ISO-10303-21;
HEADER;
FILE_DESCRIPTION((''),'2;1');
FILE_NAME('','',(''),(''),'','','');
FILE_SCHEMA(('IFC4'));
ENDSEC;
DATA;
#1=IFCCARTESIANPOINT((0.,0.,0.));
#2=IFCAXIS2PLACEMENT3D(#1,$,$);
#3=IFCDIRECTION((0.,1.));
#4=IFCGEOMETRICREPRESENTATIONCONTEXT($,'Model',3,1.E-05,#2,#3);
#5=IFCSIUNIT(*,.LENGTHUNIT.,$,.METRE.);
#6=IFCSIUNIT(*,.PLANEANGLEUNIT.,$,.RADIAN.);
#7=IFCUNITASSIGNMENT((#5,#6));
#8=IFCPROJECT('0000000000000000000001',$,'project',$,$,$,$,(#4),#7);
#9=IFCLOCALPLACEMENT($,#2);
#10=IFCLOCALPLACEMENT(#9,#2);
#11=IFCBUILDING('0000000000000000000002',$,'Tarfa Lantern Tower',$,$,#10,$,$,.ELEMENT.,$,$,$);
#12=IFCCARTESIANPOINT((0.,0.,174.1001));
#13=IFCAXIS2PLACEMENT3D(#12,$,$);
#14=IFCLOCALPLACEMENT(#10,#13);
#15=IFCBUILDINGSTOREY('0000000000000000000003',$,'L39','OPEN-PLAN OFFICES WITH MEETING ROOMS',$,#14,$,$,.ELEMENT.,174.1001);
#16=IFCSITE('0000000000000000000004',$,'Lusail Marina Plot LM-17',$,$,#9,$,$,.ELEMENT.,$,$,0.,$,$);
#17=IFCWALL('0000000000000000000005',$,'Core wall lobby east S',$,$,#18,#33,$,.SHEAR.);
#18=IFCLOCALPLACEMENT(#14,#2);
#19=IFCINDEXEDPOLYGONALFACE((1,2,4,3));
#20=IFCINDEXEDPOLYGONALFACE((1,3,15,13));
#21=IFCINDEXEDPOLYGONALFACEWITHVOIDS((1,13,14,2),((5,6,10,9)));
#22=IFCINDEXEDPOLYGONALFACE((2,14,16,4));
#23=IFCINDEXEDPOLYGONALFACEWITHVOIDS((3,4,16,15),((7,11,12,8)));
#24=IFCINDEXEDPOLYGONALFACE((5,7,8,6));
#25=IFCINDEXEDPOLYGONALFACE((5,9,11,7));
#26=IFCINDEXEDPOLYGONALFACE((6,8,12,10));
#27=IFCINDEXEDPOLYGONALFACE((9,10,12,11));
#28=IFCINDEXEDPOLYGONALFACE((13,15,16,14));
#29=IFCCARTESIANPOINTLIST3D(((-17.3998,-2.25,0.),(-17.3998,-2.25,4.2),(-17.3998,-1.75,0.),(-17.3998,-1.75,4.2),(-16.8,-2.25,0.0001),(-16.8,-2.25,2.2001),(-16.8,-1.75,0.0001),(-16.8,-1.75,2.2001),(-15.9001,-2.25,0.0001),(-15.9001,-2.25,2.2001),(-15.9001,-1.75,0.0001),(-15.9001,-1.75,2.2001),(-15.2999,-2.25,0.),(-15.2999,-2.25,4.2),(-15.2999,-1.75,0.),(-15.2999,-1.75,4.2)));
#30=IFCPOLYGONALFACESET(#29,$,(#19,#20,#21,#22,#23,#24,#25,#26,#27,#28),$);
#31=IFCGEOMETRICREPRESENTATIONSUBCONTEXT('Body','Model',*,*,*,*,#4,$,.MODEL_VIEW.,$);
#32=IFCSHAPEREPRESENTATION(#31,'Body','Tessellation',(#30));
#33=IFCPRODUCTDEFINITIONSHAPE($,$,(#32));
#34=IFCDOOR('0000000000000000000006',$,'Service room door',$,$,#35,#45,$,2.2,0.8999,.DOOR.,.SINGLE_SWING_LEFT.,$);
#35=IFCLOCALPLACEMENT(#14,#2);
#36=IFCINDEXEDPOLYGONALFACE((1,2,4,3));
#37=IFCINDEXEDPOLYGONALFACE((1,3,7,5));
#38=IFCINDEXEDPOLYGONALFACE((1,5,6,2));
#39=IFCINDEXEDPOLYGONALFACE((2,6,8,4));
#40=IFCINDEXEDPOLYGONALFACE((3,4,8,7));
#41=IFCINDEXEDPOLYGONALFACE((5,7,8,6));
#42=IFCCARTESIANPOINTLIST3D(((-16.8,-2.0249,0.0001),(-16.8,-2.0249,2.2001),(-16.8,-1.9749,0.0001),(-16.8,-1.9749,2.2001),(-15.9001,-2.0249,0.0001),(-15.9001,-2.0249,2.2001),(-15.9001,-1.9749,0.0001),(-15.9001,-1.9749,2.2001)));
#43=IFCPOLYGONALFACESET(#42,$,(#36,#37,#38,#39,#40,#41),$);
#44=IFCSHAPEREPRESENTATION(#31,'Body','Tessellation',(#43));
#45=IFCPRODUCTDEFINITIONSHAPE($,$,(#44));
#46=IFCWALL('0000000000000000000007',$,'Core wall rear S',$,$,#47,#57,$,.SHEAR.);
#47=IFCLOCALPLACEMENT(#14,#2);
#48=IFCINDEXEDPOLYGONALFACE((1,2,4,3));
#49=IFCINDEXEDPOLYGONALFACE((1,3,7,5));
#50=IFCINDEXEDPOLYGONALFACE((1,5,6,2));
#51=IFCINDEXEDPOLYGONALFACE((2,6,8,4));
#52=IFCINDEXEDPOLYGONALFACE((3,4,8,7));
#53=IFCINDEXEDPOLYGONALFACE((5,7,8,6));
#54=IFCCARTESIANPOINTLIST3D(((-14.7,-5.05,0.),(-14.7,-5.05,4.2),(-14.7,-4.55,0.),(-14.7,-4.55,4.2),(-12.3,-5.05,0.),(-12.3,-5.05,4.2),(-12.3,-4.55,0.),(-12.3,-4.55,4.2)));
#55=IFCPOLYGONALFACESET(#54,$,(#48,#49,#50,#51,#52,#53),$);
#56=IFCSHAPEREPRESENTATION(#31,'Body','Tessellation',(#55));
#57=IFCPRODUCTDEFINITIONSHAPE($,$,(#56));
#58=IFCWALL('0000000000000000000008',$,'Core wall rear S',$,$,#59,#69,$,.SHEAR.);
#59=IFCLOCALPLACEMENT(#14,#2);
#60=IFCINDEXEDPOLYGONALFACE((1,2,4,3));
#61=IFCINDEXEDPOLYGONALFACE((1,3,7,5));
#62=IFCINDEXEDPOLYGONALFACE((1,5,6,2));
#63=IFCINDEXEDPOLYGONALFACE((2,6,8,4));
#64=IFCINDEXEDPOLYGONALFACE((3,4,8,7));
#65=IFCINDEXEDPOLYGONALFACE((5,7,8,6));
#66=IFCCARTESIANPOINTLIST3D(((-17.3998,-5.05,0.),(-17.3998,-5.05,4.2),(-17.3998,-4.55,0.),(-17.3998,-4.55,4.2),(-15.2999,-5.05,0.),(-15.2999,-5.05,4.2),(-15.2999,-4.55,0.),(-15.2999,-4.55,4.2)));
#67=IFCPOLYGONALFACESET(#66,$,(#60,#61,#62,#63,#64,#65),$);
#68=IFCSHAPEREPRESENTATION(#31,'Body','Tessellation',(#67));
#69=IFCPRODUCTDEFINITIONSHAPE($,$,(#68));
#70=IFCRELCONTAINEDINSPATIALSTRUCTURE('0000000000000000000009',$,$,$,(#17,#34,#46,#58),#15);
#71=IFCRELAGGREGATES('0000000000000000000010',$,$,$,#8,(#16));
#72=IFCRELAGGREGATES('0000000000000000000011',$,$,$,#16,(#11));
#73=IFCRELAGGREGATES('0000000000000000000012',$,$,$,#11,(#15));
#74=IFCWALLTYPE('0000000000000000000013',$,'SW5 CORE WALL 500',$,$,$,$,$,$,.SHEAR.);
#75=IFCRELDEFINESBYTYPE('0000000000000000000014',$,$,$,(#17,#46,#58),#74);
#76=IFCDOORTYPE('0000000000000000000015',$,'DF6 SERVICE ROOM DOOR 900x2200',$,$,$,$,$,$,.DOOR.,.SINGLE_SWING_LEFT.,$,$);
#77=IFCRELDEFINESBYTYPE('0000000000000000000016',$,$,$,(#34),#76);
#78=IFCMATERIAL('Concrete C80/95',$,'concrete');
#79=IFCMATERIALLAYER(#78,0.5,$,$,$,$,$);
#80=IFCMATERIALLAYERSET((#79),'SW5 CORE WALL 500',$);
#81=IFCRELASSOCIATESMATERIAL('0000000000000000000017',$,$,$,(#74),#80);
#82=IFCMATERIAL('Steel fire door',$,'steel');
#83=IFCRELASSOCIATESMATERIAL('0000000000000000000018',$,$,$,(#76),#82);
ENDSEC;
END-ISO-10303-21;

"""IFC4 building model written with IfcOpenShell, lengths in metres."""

from ifc_helpers import new_model, si_unit, direction, frame, frame_2d, origin, place, context, subcontext, project, spatial, rectangle, extrude, material, layer, layer_set, type_object, element, fill, save


model = new_model("IFC4")

# Units and contexts
model_context = context("Model", 3, precision=1e-05, world=origin(), true_north=direction((0.0, 1.0)))
body_context = subcontext(model_context, "Body", "Model", "MODEL_VIEW")
ifc_project = project(units=[si_unit("LENGTHUNIT", "METRE"), si_unit("PLANEANGLEUNIT", "RADIAN")], contexts=[model_context])

# Site, building, storey
site_placement = place(None, origin())
site = spatial("IfcSite", under=ifc_project, at=site_placement, Name="Lusail Marina Plot LM-17", CompositionType="ELEMENT", RefElevation=0.0)
building_placement = place(site_placement, origin())
building = spatial("IfcBuilding", under=site, at=building_placement, Name="Tarfa Lantern Tower", CompositionType="ELEMENT")
storey_placement = place(building_placement, frame((0.0, 0.0, 174.1001)))
storey = spatial("IfcBuildingStorey", under=building, at=storey_placement, Name="L39", Description="OPEN-PLAN OFFICES WITH MEETING ROOMS", CompositionType="ELEMENT", Elevation=174.1001)

# Shared definitions
ifc_material_1 = material(Name="Concrete C80/95", Category="concrete")

# Shared definitions
ifc_layer_1 = layer(ifc_material_1, 0.5)
ifc_layer_set_1 = layer_set([ifc_layer_1], Name="SW5 CORE WALL 500")
wall_type_1 = type_object("IfcWallType", Name="SW5 CORE WALL 500", PredefinedType="SHEAR", material=ifc_layer_set_1)

# Wall, opening, door
wall_1_placement = place(storey_placement, frame((-15.3, -2.0, 0.0), z_axis=(0.0, 0.0, 1.0), x_axis=(-1.0, 0.0, 0.0)))
wall_1 = element("IfcWall", 1, at=wall_1_placement, inside=storey, type_object=wall_type_1, Name="Core wall lobby east S", PredefinedType="SHEAR", context=body_context, shape_type="SweptSolid", body=[
    extrude(rectangle(XDim=2.0999, YDim=0.5, at=frame_2d((1.0498, 0.0))), origin(), (0.0, 0.0, 1.0), 4.2),
])
opening_1_placement = place(wall_1_placement, frame((0.6001, 0.0, 0.0)))
opening_1 = element("IfcOpeningElement", 2, at=opening_1_placement, cuts=wall_1, PredefinedType="OPENING", context=body_context, shape_type="SweptSolid", body=[
    extrude(rectangle(XDim=0.8999, YDim=2.2, at=frame_2d((0.45, 1.1001))), frame((0.0, 0.26, 0.0), z_axis=(0.0, -1.0, 0.0), x_axis=(1.0, 0.0, 0.0)), (0.0, 0.0, 1.0), 0.52),
])
ifc_material_2 = material(Name="Steel fire door", Category="steel")
door_type_1 = type_object("IfcDoorType", Name="DF6 SERVICE ROOM DOOR 900x2200", OperationType="SINGLE_SWING_LEFT", PredefinedType="DOOR", material=ifc_material_2)
door_1_placement = place(opening_1_placement, origin())
door_1 = element("IfcDoor", 3, at=door_1_placement, inside=storey, type_object=door_type_1, Name="Service room door", OperationType="SINGLE_SWING_LEFT", OverallHeight=2.2, OverallWidth=0.8999, PredefinedType="DOOR", context=body_context, shape_type="SweptSolid", body=[
    extrude(rectangle(XDim=0.8999, YDim=2.2, at=frame_2d((0.45, 1.1001))), frame((0.0, 0.0249, 0.0), z_axis=(0.0, -1.0, 0.0), x_axis=(1.0, 0.0, 0.0)), (0.0, 0.0, 1.0), 0.05),
])
fill(opening_1, door_1)

# Walls
wall_2_placement = place(storey_placement, frame((-12.3, -4.8, 0.0), z_axis=(0.0, 0.0, 1.0), x_axis=(-1.0, 0.0, 0.0)))
element("IfcWall", 4, at=wall_2_placement, inside=storey, type_object=wall_type_1, Name="Core wall rear S", PredefinedType="SHEAR", context=body_context, shape_type="SweptSolid", body=[
    extrude(rectangle(XDim=2.3999, YDim=0.5, at=frame_2d((1.2, 0.0))), origin(), (0.0, 0.0, 1.0), 4.2),
])
wall_3_placement = place(storey_placement, frame((-15.3, -4.8, 0.0), z_axis=(0.0, 0.0, 1.0), x_axis=(-1.0, 0.0, 0.0)))
element("IfcWall", 5, at=wall_3_placement, inside=storey, type_object=wall_type_1, Name="Core wall rear S", PredefinedType="SHEAR", context=body_context, shape_type="SweptSolid", body=[
    extrude(rectangle(XDim=2.0999, YDim=0.5, at=frame_2d((1.0498, 0.0))), origin(), (0.0, 0.0, 1.0), 4.2),
])

save(model, "model.ifc")
